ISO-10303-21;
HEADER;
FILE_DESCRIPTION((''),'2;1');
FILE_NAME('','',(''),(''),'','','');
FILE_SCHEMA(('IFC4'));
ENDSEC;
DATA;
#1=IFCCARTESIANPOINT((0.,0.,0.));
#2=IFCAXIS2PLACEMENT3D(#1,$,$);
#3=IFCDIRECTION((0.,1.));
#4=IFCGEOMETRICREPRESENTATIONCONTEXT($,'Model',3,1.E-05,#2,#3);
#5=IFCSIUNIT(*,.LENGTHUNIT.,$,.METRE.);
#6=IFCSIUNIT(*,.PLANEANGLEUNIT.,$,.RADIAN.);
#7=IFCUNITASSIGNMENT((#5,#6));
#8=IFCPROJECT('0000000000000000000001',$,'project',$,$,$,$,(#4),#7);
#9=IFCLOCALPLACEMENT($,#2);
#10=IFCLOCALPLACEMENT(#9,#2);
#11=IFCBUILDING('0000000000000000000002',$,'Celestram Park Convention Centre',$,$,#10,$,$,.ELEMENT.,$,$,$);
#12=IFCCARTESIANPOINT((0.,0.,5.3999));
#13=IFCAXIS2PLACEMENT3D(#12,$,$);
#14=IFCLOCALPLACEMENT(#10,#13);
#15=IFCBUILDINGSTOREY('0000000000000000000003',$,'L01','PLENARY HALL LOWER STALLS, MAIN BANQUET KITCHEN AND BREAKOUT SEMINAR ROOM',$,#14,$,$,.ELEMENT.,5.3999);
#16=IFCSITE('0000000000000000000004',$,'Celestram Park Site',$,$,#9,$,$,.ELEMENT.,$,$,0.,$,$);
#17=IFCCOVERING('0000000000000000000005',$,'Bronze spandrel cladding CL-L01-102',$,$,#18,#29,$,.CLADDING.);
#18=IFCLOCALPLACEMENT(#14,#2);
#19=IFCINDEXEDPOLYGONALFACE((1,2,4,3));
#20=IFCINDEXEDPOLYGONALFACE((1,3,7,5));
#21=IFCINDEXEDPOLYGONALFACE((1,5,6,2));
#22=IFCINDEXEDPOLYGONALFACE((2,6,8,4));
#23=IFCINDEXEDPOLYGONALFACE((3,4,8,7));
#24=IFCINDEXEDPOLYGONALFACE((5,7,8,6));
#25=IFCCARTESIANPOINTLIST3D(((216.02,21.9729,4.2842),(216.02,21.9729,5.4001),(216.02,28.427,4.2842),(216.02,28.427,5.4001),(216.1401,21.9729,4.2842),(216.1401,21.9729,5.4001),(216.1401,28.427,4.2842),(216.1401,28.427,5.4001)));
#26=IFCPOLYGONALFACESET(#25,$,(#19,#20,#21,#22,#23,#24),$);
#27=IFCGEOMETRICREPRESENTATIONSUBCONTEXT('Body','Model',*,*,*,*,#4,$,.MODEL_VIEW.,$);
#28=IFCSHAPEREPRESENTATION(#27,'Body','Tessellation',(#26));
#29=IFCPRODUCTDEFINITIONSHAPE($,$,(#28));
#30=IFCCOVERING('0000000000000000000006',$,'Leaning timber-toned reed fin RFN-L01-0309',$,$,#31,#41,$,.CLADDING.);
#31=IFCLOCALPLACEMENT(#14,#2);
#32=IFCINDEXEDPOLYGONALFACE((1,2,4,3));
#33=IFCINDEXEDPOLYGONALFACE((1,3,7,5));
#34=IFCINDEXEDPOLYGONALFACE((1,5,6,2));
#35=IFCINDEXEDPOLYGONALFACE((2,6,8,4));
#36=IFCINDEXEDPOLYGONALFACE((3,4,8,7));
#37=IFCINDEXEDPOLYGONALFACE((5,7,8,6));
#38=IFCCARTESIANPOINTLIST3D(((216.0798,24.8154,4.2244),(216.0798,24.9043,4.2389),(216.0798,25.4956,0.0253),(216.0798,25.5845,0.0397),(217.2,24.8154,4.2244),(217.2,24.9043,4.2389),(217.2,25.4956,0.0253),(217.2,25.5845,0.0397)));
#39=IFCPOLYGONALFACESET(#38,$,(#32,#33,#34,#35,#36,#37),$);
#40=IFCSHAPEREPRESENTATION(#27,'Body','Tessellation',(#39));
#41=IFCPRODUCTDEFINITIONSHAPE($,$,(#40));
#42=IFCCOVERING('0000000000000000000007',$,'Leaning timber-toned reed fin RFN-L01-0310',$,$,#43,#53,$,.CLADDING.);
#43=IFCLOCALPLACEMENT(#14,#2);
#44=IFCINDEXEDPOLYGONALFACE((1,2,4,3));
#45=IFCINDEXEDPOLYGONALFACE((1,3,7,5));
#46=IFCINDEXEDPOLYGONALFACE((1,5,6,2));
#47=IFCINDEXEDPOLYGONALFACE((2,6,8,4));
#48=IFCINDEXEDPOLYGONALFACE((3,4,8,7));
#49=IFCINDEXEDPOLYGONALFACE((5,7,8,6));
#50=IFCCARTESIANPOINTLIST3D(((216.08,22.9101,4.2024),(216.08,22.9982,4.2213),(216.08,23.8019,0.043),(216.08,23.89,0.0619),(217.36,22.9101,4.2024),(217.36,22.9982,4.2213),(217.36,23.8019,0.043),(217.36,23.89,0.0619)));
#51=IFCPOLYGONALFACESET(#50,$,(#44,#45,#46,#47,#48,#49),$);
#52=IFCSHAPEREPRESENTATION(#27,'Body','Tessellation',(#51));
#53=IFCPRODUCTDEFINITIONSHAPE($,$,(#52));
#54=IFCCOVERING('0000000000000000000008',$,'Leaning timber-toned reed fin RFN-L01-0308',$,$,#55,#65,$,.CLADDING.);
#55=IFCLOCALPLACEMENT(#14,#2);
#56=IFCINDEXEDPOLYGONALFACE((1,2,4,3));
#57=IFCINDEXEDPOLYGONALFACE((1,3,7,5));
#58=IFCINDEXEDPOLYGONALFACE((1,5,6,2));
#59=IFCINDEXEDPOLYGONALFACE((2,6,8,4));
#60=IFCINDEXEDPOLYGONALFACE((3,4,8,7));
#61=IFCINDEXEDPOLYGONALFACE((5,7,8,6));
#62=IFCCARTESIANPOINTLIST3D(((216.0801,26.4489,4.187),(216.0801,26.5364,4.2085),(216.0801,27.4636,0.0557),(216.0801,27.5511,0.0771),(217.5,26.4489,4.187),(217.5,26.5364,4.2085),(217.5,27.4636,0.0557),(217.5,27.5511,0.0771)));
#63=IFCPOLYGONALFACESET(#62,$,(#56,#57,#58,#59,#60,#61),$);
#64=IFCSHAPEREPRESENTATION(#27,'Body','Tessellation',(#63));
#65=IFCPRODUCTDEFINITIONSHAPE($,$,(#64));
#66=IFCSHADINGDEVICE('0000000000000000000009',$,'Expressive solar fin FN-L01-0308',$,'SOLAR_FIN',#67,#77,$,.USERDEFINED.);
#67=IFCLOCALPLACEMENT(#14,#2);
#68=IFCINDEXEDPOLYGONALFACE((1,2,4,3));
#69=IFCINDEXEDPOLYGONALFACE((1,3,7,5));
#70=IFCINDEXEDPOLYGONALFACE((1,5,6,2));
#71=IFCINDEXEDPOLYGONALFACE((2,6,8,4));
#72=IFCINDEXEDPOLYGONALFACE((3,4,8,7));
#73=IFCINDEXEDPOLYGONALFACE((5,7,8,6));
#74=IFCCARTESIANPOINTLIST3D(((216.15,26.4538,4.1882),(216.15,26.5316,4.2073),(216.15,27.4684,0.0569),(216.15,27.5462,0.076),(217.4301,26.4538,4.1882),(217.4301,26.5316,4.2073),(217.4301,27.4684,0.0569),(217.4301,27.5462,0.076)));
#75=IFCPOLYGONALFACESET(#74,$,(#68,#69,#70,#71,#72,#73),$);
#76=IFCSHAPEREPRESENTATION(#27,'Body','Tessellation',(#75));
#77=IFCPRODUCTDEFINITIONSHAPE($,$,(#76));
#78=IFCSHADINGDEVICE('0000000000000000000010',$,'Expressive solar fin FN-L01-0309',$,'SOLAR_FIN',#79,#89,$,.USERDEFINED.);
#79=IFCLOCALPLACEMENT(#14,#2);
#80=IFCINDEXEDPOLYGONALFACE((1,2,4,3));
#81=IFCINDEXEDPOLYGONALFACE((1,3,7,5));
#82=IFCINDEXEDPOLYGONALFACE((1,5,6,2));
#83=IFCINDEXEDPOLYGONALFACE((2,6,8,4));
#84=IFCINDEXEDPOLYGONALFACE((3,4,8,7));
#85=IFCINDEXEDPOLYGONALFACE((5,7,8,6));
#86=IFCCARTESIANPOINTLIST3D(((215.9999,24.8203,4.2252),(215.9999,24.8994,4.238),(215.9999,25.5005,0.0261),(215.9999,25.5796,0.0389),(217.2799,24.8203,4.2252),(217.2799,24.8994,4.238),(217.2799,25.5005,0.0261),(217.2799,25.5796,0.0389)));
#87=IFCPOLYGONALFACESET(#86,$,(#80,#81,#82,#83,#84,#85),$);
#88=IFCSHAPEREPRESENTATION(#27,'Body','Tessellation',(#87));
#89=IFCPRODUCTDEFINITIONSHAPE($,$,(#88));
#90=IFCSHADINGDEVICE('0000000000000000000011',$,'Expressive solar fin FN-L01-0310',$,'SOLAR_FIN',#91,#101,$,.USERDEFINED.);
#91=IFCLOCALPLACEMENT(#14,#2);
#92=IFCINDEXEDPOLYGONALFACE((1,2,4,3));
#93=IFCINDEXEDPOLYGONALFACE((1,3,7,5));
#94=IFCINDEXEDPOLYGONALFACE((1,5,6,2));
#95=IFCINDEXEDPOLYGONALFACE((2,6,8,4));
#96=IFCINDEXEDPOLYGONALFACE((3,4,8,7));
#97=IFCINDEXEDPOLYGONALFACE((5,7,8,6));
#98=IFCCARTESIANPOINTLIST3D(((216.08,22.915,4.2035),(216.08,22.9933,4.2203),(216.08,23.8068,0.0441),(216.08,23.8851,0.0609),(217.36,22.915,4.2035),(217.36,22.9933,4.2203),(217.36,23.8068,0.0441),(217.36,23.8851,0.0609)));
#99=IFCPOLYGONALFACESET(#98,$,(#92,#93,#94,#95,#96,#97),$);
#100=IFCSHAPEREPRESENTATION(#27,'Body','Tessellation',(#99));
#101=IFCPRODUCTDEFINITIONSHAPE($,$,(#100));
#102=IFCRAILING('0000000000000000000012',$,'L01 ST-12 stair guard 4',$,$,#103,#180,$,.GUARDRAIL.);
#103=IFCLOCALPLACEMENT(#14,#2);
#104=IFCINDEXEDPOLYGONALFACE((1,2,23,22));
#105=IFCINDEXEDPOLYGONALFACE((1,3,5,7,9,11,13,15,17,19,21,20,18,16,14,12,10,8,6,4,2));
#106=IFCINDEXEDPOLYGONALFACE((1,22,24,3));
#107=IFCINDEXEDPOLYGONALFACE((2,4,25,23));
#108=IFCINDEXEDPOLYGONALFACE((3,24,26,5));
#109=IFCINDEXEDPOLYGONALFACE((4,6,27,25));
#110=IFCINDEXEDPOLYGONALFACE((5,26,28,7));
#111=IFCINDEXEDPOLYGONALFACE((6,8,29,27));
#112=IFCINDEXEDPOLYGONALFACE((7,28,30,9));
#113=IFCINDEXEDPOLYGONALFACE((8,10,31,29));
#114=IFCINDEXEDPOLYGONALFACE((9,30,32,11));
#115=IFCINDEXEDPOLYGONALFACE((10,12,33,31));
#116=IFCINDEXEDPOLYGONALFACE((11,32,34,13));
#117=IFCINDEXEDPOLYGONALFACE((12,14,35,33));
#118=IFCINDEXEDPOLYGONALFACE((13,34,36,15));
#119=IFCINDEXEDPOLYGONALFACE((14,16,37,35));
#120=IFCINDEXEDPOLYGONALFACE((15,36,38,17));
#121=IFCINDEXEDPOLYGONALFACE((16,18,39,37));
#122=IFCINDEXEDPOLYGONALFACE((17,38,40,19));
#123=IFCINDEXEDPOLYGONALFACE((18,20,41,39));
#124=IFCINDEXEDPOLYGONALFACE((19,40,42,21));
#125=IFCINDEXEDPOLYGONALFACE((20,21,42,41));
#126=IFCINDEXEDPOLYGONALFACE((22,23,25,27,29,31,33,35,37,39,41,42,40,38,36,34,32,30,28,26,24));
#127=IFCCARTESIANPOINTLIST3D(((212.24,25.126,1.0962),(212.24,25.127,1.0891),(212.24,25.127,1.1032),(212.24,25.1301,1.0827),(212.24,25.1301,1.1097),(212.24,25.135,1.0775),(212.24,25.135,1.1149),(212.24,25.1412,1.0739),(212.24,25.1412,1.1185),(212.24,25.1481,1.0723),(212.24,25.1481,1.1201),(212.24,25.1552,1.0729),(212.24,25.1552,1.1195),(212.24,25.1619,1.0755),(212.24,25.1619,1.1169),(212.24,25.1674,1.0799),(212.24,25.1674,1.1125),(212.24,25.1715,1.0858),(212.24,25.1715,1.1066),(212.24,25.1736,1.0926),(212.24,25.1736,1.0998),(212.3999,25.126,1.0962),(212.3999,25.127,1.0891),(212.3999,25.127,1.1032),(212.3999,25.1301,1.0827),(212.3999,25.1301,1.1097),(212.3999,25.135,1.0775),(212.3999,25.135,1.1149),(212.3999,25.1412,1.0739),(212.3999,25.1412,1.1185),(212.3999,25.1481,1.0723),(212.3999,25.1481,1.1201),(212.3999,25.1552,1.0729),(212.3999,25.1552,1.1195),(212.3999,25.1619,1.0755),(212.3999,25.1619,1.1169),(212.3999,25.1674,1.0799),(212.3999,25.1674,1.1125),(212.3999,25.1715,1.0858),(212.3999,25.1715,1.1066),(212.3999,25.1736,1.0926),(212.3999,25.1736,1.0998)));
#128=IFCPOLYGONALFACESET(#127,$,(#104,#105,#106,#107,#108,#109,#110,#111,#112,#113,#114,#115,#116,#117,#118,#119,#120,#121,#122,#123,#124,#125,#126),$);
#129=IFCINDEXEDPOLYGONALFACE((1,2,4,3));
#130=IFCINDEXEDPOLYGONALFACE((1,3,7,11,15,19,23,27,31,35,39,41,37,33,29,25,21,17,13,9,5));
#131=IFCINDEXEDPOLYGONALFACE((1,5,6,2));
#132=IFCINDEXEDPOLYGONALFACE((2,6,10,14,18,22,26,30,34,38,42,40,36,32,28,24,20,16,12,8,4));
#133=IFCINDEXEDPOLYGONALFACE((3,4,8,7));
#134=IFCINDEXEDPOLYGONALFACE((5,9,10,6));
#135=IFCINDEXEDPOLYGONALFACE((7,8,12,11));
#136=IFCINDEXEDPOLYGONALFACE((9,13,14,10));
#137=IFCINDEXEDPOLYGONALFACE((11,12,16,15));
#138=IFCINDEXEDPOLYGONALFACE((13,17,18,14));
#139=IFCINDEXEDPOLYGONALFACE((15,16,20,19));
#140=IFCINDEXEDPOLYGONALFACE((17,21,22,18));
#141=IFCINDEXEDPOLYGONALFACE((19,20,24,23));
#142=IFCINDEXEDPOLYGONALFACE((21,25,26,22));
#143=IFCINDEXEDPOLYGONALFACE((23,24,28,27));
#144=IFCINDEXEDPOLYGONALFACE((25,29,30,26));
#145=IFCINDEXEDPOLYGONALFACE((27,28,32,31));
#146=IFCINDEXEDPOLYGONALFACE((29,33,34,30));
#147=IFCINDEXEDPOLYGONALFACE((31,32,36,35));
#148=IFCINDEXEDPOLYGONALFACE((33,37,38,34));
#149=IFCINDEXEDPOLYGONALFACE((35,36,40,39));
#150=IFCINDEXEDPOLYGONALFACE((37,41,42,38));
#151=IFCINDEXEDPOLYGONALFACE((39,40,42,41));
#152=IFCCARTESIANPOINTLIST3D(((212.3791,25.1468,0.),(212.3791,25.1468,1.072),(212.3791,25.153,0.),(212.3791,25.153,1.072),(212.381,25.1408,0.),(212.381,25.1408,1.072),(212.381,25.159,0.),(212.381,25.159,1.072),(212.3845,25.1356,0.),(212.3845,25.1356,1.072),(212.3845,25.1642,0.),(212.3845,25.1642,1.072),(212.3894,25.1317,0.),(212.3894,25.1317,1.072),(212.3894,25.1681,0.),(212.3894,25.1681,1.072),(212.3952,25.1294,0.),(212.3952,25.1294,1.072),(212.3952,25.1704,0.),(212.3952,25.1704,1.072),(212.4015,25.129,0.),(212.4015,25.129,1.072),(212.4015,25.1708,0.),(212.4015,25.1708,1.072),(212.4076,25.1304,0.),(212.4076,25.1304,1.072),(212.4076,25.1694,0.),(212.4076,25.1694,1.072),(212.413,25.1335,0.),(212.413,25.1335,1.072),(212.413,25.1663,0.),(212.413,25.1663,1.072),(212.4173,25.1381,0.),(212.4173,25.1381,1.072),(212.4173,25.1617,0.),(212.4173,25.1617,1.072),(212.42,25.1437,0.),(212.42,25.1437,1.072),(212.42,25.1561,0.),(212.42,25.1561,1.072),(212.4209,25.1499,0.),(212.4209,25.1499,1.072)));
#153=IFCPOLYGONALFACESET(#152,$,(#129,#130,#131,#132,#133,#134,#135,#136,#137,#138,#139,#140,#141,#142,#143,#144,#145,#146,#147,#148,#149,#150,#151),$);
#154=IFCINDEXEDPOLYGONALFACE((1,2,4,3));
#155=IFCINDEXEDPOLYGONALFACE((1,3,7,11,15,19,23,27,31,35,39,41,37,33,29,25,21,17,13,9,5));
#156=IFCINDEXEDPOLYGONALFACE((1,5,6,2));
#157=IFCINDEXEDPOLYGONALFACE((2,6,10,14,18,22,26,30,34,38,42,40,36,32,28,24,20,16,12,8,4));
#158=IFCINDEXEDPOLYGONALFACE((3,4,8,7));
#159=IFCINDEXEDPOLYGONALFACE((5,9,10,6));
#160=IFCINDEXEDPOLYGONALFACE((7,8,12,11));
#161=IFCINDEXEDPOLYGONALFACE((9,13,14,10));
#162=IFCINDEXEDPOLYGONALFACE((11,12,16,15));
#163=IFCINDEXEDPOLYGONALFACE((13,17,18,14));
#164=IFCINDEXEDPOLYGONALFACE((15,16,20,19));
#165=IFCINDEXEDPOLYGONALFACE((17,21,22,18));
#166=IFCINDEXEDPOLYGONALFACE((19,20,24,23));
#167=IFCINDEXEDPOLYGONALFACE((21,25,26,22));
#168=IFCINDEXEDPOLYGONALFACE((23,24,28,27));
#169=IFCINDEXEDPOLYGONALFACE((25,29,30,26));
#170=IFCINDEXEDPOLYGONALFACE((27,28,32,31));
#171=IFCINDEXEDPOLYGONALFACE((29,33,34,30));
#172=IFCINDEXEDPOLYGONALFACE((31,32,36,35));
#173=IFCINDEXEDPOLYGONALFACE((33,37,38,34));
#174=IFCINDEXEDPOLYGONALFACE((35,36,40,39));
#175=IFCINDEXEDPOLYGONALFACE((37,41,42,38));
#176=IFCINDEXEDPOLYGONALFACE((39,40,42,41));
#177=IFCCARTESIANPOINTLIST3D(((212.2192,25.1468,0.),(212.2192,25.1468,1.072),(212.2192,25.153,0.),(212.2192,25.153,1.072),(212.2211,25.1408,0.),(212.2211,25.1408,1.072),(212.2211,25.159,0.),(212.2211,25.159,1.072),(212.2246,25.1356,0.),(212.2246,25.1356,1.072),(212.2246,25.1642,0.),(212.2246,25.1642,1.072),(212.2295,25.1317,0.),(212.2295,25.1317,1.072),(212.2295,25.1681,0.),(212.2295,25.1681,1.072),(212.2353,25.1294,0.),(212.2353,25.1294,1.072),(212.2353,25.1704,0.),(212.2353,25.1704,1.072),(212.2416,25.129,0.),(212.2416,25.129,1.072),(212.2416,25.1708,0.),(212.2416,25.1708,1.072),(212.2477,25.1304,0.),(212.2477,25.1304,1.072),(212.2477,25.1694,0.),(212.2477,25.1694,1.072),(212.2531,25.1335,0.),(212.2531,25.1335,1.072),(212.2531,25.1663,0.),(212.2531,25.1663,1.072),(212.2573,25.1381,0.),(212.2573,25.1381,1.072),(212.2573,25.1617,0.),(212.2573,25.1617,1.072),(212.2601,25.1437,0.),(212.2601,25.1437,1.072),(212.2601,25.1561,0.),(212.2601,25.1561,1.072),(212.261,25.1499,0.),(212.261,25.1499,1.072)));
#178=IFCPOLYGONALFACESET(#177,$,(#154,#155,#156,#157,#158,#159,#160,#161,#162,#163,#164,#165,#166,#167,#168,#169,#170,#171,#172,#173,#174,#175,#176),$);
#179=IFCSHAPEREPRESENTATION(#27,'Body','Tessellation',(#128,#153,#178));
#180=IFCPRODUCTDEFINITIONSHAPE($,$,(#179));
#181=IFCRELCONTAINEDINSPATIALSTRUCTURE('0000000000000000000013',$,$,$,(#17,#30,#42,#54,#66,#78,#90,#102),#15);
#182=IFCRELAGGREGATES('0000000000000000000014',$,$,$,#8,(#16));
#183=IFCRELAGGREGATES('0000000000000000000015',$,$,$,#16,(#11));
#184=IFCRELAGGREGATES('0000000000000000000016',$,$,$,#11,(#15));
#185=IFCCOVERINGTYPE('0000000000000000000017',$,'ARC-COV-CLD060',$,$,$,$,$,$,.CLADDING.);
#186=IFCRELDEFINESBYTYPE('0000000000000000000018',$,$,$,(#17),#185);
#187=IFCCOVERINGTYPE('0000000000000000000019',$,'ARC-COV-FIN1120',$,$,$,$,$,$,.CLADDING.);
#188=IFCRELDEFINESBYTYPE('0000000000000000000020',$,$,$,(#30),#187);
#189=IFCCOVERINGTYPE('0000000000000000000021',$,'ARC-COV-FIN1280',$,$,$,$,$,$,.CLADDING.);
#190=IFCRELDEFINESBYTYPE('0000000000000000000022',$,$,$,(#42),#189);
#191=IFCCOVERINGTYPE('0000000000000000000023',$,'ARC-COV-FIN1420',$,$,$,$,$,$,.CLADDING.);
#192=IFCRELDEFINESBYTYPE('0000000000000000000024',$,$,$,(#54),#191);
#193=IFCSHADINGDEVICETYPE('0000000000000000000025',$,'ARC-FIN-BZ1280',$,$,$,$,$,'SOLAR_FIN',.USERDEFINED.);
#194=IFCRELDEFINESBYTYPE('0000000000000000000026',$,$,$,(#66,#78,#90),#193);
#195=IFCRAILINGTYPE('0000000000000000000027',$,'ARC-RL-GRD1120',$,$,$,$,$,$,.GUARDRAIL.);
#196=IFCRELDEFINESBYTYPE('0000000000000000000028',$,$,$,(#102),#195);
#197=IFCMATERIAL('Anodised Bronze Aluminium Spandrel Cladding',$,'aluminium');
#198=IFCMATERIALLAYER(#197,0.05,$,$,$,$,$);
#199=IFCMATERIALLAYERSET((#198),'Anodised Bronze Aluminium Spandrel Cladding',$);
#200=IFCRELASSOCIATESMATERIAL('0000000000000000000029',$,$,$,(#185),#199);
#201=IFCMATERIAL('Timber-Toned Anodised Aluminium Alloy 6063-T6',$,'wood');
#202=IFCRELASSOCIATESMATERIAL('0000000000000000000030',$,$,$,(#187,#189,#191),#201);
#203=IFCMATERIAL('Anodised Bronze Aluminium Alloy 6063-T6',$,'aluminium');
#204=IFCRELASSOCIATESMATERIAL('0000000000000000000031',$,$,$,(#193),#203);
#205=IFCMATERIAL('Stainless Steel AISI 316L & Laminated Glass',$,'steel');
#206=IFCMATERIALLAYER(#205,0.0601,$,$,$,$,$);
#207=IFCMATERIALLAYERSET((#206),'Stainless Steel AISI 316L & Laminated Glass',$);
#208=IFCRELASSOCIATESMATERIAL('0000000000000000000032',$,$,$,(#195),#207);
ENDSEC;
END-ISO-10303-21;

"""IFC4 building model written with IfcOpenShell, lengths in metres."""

from ifc_helpers import new_model, si_unit, direction, frame, origin, origin_2d, place, context, subcontext, project, spatial, rectangle, circle, extrude, material, layer, layer_set, material_profile, profile_set, type_object, element, save


model = new_model("IFC4")

# Units and contexts
model_context = context("Model", 3, precision=1e-05, world=origin(), true_north=direction((0.0, 1.0)))
body_context = subcontext(model_context, "Body", "Model", "MODEL_VIEW")
ifc_project = project(units=[si_unit("LENGTHUNIT", "METRE"), si_unit("PLANEANGLEUNIT", "RADIAN")], contexts=[model_context])

# Site, building, storey
site_placement = place(None, origin())
site = spatial("IfcSite", under=ifc_project, at=site_placement, Name="Celestram Park Site", CompositionType="ELEMENT", RefElevation=0.0)
building_placement = place(site_placement, origin())
building = spatial("IfcBuilding", under=site, at=building_placement, Name="Celestram Park Convention Centre", CompositionType="ELEMENT")
storey_placement = place(building_placement, frame((0.0, 0.0, 5.3999)))
storey = spatial("IfcBuildingStorey", under=building, at=storey_placement, Name="L01", Description="PLENARY HALL LOWER STALLS, MAIN BANQUET KITCHEN AND BREAKOUT SEMINAR ROOM", CompositionType="ELEMENT", Elevation=5.3999)

# Coverings
ifc_material_1 = material(Name="Anodised Bronze Aluminium Spandrel Cladding", Category="aluminium")
ifc_layer_1 = layer(ifc_material_1, 0.05)
ifc_layer_set_1 = layer_set([ifc_layer_1], Name="Anodised Bronze Aluminium Spandrel Cladding")
covering_type_1 = type_object("IfcCoveringType", Name="ARC-COV-CLD060", PredefinedType="CLADDING", material=ifc_layer_set_1)
covering_1_placement = place(storey_placement, frame((216.0801, 25.2, 4.2842), z_axis=(0.0, 0.0, 1.0), x_axis=(0.0, -1.0, 0.0)))
element("IfcCovering", 1, at=covering_1_placement, inside=storey, type_object=covering_type_1, Name="Bronze spandrel cladding CL-L01-102", PredefinedType="CLADDING", context=body_context, shape_type="SweptSolid", body=[
    extrude(rectangle(XDim=6.4541, YDim=0.1201, at=origin_2d()), origin(), (0.0, 0.0, 1.0), 1.116),
])
ifc_material_2 = material(Name="Timber-Toned Anodised Aluminium Alloy 6063-T6", Category="wood")
ifc_material_profile_1 = material_profile(ifc_material_2, rectangle(XDim=1.1201, YDim=0.0901, at=origin_2d()), Name="REED1120X90")
ifc_profile_set_1 = profile_set([ifc_material_profile_1], Name="Timber-Toned Anodised Aluminium Alloy 6063-T6")
covering_type_2 = type_object("IfcCoveringType", Name="ARC-COV-FIN1120", PredefinedType="CLADDING", material=ifc_profile_set_1)
covering_2_placement = place(storey_placement, frame((216.6399, 25.54, 0.0325), z_axis=(0.0, -0.159893, 0.987134), x_axis=(1.0, 0.0, 0.0)))
element("IfcCovering", 2, at=covering_2_placement, inside=storey, type_object=covering_type_2, Name="Leaning timber-toned reed fin RFN-L01-0309", PredefinedType="CLADDING", context=body_context, shape_type="SweptSolid", body=[
    extrude(rectangle(XDim=1.1201, YDim=0.0901, at=origin_2d()), origin(), (0.0, 0.0, 1.0), 4.2539),
])
ifc_material_profile_2 = material_profile(ifc_material_2, rectangle(XDim=1.28, YDim=0.0901, at=origin_2d()), Name="REED1280X90")
ifc_profile_set_2 = profile_set([ifc_material_profile_2], Name="Timber-Toned Anodised Aluminium Alloy 6063-T6")
covering_type_3 = type_object("IfcCoveringType", Name="ARC-COV-FIN1280", PredefinedType="CLADDING", material=ifc_profile_set_2)
covering_3_placement = place(storey_placement, frame((216.72, 23.8459, 0.0525), z_axis=(0.0, -0.209651, 0.977776), x_axis=(1.0, 0.0, 0.0)))
element("IfcCovering", 3, at=covering_3_placement, inside=storey, type_object=covering_type_3, Name="Leaning timber-toned reed fin RFN-L01-0310", PredefinedType="CLADDING", context=body_context, shape_type="SweptSolid", body=[
    extrude(rectangle(XDim=1.28, YDim=0.0901, at=origin_2d()), origin(), (0.0, 0.0, 1.0), 4.2539),
])
ifc_material_profile_3 = material_profile(ifc_material_2, rectangle(XDim=1.4199, YDim=0.0901, at=origin_2d()), Name="REED1420X90")
ifc_profile_set_3 = profile_set([ifc_material_profile_3], Name="Timber-Toned Anodised Aluminium Alloy 6063-T6")
covering_type_4 = type_object("IfcCoveringType", Name="ARC-COV-FIN1420", PredefinedType="CLADDING", material=ifc_profile_set_3)
covering_4_placement = place(storey_placement, frame((216.79, 27.5073, 0.0664), z_axis=(0.0, -0.23851, 0.97114), x_axis=(1.0, 0.0, 0.0)))
element("IfcCovering", 4, at=covering_4_placement, inside=storey, type_object=covering_type_4, Name="Leaning timber-toned reed fin RFN-L01-0308", PredefinedType="CLADDING", context=body_context, shape_type="SweptSolid", body=[
    extrude(rectangle(XDim=1.4199, YDim=0.0901, at=origin_2d()), origin(), (0.0, 0.0, 1.0), 4.2542),
])

# Shading devices
ifc_material_3 = material(Name="Anodised Bronze Aluminium Alloy 6063-T6", Category="aluminium")
ifc_material_profile_4 = material_profile(ifc_material_3, rectangle(XDim=1.28, YDim=0.0801, at=origin_2d()), Name="FIN1280X80")
ifc_profile_set_4 = profile_set([ifc_material_profile_4], Name="Anodised Bronze Aluminium Alloy 6063-T6")
shading_device_type = type_object("IfcShadingDeviceType", Name="ARC-FIN-BZ1280", ElementType="SOLAR_FIN", PredefinedType="USERDEFINED", material=ifc_profile_set_4)
shading_device_placement = place(storey_placement, frame((216.79, 27.5073, 0.0664), z_axis=(0.0, -0.23851, 0.97114), x_axis=(1.0, 0.0, 0.0)))
element("IfcShadingDevice", 5, at=shading_device_placement, inside=storey, type_object=shading_device_type, Name="Expressive solar fin FN-L01-0308", ObjectType="SOLAR_FIN", PredefinedType="USERDEFINED", context=body_context, shape_type="SweptSolid", body=[
    extrude(rectangle(XDim=1.28, YDim=0.0801, at=origin_2d()), origin(), (0.0, 0.0, 1.0), 4.2542),
])
for number, where, z_axis, x_axis, name in (
    (6, (216.6399, 25.54, 0.0325), (0.0, -0.159893, 0.987134), (1.0, 0.0, 0.0), "Expressive solar fin FN-L01-0309"),
    (7, (216.72, 23.8459, 0.0525), (0.0, -0.209651, 0.977776), (1.0, 0.0, 0.0), "Expressive solar fin FN-L01-0310"),
):
    element("IfcShadingDevice", number, at=place(storey_placement, frame(where, z_axis=z_axis, x_axis=x_axis)), inside=storey, type_object=shading_device_type, Name=name, ObjectType="SOLAR_FIN", PredefinedType="USERDEFINED", context=body_context, shape_type="SweptSolid", body=[
        extrude(rectangle(XDim=1.28, YDim=0.0801, at=origin_2d()), origin(), (0.0, 0.0, 1.0), 4.2539),
    ])

# Railing
ifc_material_4 = material(Name="Stainless Steel AISI 316L & Laminated Glass", Category="steel")
ifc_layer_2 = layer(ifc_material_4, 0.0601)
ifc_layer_set_2 = layer_set([ifc_layer_2], Name="Stainless Steel AISI 316L & Laminated Glass")
railing_type_1 = type_object("IfcRailingType", Name="ARC-RL-GRD1120", PredefinedType="GUARDRAIL", material=ifc_layer_set_2)
railing_1_placement = place(storey_placement, frame((212.3999, 25.1499, 0.0)))
element("IfcRailing", 8, at=railing_1_placement, inside=storey, type_object=railing_type_1, Name="L01 ST-12 stair guard 4", PredefinedType="GUARDRAIL", context=body_context, shape_type="SweptSolid", body=[
    extrude(circle(Radius=0.0239, at=origin_2d()), frame((0.0, 0.0, 1.0962), z_axis=(-1.0, 0.0, 0.0), x_axis=(0.0, -1.0, 0.0)), (0.0, 0.0, 1.0), 0.1599),
    extrude(circle(Radius=0.021, at=origin_2d()), origin(), (0.0, 0.0, 1.0), 1.072),
    extrude(circle(Radius=0.021, at=origin_2d()), frame((-0.1599, 0.0, 0.0)), (0.0, 0.0, 1.0), 1.072),
])

save(model, "model.ifc")
